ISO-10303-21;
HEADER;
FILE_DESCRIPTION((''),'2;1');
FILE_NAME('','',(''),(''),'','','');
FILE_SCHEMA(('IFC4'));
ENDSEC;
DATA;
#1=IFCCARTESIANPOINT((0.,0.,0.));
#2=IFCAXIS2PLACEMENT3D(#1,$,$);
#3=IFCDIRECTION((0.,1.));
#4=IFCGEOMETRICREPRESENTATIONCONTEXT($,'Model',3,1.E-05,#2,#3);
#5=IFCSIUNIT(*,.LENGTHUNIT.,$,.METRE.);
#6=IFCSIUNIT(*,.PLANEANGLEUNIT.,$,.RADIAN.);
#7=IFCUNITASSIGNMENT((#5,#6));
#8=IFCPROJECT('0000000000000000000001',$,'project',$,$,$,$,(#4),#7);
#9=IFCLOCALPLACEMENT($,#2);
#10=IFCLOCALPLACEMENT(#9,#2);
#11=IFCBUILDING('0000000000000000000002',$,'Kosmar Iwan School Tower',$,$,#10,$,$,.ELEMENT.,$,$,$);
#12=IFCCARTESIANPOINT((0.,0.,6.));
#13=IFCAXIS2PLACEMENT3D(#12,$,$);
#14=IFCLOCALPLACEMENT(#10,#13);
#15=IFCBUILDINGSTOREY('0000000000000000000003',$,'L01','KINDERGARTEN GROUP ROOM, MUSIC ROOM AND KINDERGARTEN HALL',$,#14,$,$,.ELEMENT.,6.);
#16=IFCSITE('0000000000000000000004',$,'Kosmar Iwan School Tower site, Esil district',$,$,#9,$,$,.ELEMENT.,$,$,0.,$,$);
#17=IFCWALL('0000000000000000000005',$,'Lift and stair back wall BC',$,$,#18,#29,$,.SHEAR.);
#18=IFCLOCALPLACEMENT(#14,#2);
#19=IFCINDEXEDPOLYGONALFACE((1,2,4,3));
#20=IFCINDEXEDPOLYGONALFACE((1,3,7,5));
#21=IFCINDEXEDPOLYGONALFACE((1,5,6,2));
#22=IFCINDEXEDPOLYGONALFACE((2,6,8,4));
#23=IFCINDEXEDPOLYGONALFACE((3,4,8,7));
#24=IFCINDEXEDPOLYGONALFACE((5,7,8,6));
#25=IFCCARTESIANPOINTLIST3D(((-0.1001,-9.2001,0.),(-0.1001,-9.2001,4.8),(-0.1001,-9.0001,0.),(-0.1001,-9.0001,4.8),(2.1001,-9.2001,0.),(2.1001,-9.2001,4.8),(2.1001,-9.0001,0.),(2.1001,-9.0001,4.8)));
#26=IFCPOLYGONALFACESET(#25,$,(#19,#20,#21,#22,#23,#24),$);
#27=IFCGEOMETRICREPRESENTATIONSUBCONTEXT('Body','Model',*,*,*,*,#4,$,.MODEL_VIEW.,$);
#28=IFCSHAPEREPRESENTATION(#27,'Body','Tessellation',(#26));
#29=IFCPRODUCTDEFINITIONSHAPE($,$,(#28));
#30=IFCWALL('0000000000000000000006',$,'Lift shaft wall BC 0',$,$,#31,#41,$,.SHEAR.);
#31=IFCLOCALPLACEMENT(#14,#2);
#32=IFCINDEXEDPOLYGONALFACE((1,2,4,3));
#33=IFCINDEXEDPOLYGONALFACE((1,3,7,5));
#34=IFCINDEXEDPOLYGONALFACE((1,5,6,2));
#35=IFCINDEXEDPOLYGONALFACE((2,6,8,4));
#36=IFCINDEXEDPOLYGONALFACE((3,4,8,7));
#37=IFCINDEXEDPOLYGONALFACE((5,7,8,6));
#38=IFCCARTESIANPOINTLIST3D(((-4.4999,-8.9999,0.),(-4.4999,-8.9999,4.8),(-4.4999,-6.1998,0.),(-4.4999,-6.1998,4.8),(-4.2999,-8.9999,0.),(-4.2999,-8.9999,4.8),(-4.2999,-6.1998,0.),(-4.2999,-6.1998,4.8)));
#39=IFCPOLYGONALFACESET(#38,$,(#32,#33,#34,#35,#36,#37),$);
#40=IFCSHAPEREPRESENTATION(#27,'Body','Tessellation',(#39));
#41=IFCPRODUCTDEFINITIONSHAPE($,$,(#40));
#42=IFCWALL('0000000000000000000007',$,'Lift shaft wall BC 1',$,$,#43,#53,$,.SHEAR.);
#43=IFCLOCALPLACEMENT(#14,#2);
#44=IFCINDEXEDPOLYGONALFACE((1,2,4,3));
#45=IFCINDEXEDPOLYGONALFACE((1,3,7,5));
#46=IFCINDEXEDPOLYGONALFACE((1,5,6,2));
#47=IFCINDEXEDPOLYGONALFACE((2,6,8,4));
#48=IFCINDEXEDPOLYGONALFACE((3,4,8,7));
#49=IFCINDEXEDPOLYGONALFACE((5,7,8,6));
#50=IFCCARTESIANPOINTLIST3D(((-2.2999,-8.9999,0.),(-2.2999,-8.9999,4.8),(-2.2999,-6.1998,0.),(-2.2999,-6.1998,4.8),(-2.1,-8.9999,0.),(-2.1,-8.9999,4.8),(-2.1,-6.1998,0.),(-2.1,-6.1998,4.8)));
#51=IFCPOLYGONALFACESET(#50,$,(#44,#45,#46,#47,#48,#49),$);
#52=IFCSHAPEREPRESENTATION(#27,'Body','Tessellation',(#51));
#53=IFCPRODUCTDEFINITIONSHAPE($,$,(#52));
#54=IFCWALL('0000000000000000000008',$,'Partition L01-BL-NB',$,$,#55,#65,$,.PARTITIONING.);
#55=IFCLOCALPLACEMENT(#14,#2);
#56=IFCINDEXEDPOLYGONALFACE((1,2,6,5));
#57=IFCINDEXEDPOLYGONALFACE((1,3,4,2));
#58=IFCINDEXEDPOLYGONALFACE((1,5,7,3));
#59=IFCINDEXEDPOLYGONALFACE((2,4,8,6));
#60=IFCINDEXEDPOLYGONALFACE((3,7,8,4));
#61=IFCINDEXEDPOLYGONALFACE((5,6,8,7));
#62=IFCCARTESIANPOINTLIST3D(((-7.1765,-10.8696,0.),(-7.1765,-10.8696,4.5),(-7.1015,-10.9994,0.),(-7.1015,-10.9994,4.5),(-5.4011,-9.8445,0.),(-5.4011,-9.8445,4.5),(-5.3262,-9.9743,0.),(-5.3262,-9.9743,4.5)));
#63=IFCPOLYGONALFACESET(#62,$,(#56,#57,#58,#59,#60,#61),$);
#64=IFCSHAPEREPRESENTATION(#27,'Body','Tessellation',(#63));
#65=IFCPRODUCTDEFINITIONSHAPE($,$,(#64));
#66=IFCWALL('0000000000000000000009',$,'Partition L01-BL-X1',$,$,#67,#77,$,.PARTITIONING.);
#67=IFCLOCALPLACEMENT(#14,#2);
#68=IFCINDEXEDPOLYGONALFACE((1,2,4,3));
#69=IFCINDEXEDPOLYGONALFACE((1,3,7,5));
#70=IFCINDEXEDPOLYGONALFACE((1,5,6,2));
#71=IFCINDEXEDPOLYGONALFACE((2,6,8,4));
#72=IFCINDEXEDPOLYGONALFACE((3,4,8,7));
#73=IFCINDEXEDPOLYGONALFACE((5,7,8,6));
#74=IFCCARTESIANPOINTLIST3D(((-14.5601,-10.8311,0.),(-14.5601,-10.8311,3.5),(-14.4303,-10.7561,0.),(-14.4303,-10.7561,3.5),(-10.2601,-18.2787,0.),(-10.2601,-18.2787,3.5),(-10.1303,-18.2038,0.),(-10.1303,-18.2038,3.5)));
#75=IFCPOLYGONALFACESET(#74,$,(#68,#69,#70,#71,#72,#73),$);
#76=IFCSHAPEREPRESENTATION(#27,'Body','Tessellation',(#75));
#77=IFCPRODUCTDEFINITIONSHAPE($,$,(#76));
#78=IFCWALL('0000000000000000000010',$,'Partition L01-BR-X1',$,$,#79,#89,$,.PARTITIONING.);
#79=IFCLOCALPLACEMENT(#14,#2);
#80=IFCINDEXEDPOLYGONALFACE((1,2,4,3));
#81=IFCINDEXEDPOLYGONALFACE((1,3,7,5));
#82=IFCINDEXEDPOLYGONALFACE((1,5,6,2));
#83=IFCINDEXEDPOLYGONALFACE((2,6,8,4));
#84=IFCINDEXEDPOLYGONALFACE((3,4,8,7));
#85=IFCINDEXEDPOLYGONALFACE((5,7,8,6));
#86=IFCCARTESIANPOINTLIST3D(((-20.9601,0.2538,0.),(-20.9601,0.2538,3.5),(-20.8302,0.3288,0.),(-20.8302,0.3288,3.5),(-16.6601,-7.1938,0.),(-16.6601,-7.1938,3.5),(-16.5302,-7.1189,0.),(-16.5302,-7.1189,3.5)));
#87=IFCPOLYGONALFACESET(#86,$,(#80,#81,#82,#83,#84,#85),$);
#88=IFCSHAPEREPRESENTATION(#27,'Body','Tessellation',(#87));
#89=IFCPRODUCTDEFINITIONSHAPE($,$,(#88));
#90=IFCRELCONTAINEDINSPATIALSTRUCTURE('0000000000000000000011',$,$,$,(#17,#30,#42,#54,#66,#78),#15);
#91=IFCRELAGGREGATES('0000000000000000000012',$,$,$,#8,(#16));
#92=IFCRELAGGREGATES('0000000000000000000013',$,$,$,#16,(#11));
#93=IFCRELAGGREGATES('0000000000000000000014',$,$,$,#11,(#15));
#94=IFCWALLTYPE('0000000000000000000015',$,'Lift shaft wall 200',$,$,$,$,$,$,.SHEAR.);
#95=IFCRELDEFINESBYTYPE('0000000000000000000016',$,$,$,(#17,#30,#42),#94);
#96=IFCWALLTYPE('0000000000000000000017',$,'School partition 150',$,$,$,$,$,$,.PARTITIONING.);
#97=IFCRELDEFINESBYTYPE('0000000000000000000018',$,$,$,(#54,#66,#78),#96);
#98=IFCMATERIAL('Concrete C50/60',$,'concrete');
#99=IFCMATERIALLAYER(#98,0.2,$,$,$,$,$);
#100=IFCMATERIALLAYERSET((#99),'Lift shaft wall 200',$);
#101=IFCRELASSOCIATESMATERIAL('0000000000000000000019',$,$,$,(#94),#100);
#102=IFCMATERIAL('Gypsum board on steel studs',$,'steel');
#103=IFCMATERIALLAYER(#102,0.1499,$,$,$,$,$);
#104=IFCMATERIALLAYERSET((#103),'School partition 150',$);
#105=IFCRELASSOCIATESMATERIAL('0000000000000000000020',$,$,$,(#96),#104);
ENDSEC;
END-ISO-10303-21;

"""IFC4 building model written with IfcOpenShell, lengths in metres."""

from ifc_helpers import new_model, si_unit, direction, frame, frame_2d, origin, place, context, subcontext, project, spatial, rectangle, extrude, material, layer, layer_set, type_object, element, save


model = new_model("IFC4")

# Units and contexts
model_context = context("Model", 3, precision=1e-05, world=origin(), true_north=direction((0.0, 1.0)))
body_context = subcontext(model_context, "Body", "Model", "MODEL_VIEW")
ifc_project = project(units=[si_unit("LENGTHUNIT", "METRE"), si_unit("PLANEANGLEUNIT", "RADIAN")], contexts=[model_context])

# Site, building, storey
site_placement = place(None, origin())
site = spatial("IfcSite", under=ifc_project, at=site_placement, Name="Kosmar Iwan School Tower site, Esil district", CompositionType="ELEMENT", RefElevation=0.0)
building_placement = place(site_placement, origin())
building = spatial("IfcBuilding", under=site, at=building_placement, Name="Kosmar Iwan School Tower", CompositionType="ELEMENT")
storey_placement = place(building_placement, frame((0.0, 0.0, 6.0)))
storey = spatial("IfcBuildingStorey", under=building, at=storey_placement, Name="L01", Description="KINDERGARTEN GROUP ROOM, MUSIC ROOM AND KINDERGARTEN HALL", CompositionType="ELEMENT", Elevation=6.0)

# Walls
ifc_material_1 = material(Name="Concrete C50/60", Category="concrete")
ifc_layer_1 = layer(ifc_material_1, 0.2)
ifc_layer_set_1 = layer_set([ifc_layer_1], Name="Lift shaft wall 200")
wall_type_1 = type_object("IfcWallType", Name="Lift shaft wall 200", PredefinedType="SHEAR", material=ifc_layer_set_1)
for number, where, z_axis, x_axis, name in (
    (1, (-0.1001, -9.1001, 0.0), (0.0, 0.0, 1.0), (1.0, 0.0, 0.0), "Lift and stair back wall BC"),
):
    element("IfcWall", number, at=place(storey_placement, frame(where, z_axis=z_axis, x_axis=x_axis)), inside=storey, type_object=wall_type_1, Name=name, PredefinedType="SHEAR", context=body_context, shape_type="SweptSolid", body=[
        extrude(rectangle(XDim=2.2002, YDim=0.2, at=frame_2d((1.1001, 0.0))), origin(), (0.0, 0.0, 1.0), 4.8),
    ])
for number, where, z_axis, x_axis, name in (
    (2, (-4.3999, -6.2, 0.0), (0.0, 0.0, 1.0), (0.0, -1.0, 0.0), "Lift shaft wall BC 0"),
    (3, (-2.2, -6.2, 0.0), (0.0, 0.0, 1.0), (0.0, -1.0, 0.0), "Lift shaft wall BC 1"),
):
    element("IfcWall", number, at=place(storey_placement, frame(where, z_axis=z_axis, x_axis=x_axis)), inside=storey, type_object=wall_type_1, Name=name, PredefinedType="SHEAR", context=body_context, shape_type="SweptSolid", body=[
        extrude(rectangle(XDim=2.8, YDim=0.2, at=frame_2d((1.3999, 0.0))), origin(), (0.0, 0.0, 1.0), 4.8),
    ])
ifc_material_2 = material(Name="Gypsum board on steel studs", Category="steel")
ifc_layer_2 = layer(ifc_material_2, 0.1499)
ifc_layer_set_2 = layer_set([ifc_layer_2], Name="School partition 150")
wall_type_2 = type_object("IfcWallType", Name="School partition 150", PredefinedType="PARTITIONING", material=ifc_layer_set_2)
wall_1_placement = place(storey_placement, frame((-5.3638, -9.9094, 0.0), z_axis=(0.0, 0.0, 1.0), x_axis=(-0.865999, -0.500045, 0.0)))
element("IfcWall", 4, at=wall_1_placement, inside=storey, type_object=wall_type_2, Name="Partition L01-BL-NB", PredefinedType="PARTITIONING", context=body_context, shape_type="SweptSolid", body=[
    extrude(rectangle(XDim=2.05, YDim=0.1499, at=frame_2d((1.0249, 0.0))), origin(), (0.0, 0.0, 1.0), 4.5),
])
for number, where, z_axis, x_axis, name in (
    (5, (-14.4951, -10.7937, 0.0), (0.0, 0.0, 1.0), (0.500008, -0.866021, 0.0), "Partition L01-BL-X1"),
    (6, (-16.5952, -7.1562, 0.0), (0.0, 0.0, 1.0), (-0.500008, 0.866021, 0.0), "Partition L01-BR-X1"),
):
    element("IfcWall", number, at=place(storey_placement, frame(where, z_axis=z_axis, x_axis=x_axis)), inside=storey, type_object=wall_type_2, Name=name, PredefinedType="PARTITIONING", context=body_context, shape_type="SweptSolid", body=[
        extrude(rectangle(XDim=8.5999, YDim=0.1499, at=frame_2d((4.2998, 0.0))), origin(), (0.0, 0.0, 1.0), 3.5),
    ])

save(model, "model.ifc")
